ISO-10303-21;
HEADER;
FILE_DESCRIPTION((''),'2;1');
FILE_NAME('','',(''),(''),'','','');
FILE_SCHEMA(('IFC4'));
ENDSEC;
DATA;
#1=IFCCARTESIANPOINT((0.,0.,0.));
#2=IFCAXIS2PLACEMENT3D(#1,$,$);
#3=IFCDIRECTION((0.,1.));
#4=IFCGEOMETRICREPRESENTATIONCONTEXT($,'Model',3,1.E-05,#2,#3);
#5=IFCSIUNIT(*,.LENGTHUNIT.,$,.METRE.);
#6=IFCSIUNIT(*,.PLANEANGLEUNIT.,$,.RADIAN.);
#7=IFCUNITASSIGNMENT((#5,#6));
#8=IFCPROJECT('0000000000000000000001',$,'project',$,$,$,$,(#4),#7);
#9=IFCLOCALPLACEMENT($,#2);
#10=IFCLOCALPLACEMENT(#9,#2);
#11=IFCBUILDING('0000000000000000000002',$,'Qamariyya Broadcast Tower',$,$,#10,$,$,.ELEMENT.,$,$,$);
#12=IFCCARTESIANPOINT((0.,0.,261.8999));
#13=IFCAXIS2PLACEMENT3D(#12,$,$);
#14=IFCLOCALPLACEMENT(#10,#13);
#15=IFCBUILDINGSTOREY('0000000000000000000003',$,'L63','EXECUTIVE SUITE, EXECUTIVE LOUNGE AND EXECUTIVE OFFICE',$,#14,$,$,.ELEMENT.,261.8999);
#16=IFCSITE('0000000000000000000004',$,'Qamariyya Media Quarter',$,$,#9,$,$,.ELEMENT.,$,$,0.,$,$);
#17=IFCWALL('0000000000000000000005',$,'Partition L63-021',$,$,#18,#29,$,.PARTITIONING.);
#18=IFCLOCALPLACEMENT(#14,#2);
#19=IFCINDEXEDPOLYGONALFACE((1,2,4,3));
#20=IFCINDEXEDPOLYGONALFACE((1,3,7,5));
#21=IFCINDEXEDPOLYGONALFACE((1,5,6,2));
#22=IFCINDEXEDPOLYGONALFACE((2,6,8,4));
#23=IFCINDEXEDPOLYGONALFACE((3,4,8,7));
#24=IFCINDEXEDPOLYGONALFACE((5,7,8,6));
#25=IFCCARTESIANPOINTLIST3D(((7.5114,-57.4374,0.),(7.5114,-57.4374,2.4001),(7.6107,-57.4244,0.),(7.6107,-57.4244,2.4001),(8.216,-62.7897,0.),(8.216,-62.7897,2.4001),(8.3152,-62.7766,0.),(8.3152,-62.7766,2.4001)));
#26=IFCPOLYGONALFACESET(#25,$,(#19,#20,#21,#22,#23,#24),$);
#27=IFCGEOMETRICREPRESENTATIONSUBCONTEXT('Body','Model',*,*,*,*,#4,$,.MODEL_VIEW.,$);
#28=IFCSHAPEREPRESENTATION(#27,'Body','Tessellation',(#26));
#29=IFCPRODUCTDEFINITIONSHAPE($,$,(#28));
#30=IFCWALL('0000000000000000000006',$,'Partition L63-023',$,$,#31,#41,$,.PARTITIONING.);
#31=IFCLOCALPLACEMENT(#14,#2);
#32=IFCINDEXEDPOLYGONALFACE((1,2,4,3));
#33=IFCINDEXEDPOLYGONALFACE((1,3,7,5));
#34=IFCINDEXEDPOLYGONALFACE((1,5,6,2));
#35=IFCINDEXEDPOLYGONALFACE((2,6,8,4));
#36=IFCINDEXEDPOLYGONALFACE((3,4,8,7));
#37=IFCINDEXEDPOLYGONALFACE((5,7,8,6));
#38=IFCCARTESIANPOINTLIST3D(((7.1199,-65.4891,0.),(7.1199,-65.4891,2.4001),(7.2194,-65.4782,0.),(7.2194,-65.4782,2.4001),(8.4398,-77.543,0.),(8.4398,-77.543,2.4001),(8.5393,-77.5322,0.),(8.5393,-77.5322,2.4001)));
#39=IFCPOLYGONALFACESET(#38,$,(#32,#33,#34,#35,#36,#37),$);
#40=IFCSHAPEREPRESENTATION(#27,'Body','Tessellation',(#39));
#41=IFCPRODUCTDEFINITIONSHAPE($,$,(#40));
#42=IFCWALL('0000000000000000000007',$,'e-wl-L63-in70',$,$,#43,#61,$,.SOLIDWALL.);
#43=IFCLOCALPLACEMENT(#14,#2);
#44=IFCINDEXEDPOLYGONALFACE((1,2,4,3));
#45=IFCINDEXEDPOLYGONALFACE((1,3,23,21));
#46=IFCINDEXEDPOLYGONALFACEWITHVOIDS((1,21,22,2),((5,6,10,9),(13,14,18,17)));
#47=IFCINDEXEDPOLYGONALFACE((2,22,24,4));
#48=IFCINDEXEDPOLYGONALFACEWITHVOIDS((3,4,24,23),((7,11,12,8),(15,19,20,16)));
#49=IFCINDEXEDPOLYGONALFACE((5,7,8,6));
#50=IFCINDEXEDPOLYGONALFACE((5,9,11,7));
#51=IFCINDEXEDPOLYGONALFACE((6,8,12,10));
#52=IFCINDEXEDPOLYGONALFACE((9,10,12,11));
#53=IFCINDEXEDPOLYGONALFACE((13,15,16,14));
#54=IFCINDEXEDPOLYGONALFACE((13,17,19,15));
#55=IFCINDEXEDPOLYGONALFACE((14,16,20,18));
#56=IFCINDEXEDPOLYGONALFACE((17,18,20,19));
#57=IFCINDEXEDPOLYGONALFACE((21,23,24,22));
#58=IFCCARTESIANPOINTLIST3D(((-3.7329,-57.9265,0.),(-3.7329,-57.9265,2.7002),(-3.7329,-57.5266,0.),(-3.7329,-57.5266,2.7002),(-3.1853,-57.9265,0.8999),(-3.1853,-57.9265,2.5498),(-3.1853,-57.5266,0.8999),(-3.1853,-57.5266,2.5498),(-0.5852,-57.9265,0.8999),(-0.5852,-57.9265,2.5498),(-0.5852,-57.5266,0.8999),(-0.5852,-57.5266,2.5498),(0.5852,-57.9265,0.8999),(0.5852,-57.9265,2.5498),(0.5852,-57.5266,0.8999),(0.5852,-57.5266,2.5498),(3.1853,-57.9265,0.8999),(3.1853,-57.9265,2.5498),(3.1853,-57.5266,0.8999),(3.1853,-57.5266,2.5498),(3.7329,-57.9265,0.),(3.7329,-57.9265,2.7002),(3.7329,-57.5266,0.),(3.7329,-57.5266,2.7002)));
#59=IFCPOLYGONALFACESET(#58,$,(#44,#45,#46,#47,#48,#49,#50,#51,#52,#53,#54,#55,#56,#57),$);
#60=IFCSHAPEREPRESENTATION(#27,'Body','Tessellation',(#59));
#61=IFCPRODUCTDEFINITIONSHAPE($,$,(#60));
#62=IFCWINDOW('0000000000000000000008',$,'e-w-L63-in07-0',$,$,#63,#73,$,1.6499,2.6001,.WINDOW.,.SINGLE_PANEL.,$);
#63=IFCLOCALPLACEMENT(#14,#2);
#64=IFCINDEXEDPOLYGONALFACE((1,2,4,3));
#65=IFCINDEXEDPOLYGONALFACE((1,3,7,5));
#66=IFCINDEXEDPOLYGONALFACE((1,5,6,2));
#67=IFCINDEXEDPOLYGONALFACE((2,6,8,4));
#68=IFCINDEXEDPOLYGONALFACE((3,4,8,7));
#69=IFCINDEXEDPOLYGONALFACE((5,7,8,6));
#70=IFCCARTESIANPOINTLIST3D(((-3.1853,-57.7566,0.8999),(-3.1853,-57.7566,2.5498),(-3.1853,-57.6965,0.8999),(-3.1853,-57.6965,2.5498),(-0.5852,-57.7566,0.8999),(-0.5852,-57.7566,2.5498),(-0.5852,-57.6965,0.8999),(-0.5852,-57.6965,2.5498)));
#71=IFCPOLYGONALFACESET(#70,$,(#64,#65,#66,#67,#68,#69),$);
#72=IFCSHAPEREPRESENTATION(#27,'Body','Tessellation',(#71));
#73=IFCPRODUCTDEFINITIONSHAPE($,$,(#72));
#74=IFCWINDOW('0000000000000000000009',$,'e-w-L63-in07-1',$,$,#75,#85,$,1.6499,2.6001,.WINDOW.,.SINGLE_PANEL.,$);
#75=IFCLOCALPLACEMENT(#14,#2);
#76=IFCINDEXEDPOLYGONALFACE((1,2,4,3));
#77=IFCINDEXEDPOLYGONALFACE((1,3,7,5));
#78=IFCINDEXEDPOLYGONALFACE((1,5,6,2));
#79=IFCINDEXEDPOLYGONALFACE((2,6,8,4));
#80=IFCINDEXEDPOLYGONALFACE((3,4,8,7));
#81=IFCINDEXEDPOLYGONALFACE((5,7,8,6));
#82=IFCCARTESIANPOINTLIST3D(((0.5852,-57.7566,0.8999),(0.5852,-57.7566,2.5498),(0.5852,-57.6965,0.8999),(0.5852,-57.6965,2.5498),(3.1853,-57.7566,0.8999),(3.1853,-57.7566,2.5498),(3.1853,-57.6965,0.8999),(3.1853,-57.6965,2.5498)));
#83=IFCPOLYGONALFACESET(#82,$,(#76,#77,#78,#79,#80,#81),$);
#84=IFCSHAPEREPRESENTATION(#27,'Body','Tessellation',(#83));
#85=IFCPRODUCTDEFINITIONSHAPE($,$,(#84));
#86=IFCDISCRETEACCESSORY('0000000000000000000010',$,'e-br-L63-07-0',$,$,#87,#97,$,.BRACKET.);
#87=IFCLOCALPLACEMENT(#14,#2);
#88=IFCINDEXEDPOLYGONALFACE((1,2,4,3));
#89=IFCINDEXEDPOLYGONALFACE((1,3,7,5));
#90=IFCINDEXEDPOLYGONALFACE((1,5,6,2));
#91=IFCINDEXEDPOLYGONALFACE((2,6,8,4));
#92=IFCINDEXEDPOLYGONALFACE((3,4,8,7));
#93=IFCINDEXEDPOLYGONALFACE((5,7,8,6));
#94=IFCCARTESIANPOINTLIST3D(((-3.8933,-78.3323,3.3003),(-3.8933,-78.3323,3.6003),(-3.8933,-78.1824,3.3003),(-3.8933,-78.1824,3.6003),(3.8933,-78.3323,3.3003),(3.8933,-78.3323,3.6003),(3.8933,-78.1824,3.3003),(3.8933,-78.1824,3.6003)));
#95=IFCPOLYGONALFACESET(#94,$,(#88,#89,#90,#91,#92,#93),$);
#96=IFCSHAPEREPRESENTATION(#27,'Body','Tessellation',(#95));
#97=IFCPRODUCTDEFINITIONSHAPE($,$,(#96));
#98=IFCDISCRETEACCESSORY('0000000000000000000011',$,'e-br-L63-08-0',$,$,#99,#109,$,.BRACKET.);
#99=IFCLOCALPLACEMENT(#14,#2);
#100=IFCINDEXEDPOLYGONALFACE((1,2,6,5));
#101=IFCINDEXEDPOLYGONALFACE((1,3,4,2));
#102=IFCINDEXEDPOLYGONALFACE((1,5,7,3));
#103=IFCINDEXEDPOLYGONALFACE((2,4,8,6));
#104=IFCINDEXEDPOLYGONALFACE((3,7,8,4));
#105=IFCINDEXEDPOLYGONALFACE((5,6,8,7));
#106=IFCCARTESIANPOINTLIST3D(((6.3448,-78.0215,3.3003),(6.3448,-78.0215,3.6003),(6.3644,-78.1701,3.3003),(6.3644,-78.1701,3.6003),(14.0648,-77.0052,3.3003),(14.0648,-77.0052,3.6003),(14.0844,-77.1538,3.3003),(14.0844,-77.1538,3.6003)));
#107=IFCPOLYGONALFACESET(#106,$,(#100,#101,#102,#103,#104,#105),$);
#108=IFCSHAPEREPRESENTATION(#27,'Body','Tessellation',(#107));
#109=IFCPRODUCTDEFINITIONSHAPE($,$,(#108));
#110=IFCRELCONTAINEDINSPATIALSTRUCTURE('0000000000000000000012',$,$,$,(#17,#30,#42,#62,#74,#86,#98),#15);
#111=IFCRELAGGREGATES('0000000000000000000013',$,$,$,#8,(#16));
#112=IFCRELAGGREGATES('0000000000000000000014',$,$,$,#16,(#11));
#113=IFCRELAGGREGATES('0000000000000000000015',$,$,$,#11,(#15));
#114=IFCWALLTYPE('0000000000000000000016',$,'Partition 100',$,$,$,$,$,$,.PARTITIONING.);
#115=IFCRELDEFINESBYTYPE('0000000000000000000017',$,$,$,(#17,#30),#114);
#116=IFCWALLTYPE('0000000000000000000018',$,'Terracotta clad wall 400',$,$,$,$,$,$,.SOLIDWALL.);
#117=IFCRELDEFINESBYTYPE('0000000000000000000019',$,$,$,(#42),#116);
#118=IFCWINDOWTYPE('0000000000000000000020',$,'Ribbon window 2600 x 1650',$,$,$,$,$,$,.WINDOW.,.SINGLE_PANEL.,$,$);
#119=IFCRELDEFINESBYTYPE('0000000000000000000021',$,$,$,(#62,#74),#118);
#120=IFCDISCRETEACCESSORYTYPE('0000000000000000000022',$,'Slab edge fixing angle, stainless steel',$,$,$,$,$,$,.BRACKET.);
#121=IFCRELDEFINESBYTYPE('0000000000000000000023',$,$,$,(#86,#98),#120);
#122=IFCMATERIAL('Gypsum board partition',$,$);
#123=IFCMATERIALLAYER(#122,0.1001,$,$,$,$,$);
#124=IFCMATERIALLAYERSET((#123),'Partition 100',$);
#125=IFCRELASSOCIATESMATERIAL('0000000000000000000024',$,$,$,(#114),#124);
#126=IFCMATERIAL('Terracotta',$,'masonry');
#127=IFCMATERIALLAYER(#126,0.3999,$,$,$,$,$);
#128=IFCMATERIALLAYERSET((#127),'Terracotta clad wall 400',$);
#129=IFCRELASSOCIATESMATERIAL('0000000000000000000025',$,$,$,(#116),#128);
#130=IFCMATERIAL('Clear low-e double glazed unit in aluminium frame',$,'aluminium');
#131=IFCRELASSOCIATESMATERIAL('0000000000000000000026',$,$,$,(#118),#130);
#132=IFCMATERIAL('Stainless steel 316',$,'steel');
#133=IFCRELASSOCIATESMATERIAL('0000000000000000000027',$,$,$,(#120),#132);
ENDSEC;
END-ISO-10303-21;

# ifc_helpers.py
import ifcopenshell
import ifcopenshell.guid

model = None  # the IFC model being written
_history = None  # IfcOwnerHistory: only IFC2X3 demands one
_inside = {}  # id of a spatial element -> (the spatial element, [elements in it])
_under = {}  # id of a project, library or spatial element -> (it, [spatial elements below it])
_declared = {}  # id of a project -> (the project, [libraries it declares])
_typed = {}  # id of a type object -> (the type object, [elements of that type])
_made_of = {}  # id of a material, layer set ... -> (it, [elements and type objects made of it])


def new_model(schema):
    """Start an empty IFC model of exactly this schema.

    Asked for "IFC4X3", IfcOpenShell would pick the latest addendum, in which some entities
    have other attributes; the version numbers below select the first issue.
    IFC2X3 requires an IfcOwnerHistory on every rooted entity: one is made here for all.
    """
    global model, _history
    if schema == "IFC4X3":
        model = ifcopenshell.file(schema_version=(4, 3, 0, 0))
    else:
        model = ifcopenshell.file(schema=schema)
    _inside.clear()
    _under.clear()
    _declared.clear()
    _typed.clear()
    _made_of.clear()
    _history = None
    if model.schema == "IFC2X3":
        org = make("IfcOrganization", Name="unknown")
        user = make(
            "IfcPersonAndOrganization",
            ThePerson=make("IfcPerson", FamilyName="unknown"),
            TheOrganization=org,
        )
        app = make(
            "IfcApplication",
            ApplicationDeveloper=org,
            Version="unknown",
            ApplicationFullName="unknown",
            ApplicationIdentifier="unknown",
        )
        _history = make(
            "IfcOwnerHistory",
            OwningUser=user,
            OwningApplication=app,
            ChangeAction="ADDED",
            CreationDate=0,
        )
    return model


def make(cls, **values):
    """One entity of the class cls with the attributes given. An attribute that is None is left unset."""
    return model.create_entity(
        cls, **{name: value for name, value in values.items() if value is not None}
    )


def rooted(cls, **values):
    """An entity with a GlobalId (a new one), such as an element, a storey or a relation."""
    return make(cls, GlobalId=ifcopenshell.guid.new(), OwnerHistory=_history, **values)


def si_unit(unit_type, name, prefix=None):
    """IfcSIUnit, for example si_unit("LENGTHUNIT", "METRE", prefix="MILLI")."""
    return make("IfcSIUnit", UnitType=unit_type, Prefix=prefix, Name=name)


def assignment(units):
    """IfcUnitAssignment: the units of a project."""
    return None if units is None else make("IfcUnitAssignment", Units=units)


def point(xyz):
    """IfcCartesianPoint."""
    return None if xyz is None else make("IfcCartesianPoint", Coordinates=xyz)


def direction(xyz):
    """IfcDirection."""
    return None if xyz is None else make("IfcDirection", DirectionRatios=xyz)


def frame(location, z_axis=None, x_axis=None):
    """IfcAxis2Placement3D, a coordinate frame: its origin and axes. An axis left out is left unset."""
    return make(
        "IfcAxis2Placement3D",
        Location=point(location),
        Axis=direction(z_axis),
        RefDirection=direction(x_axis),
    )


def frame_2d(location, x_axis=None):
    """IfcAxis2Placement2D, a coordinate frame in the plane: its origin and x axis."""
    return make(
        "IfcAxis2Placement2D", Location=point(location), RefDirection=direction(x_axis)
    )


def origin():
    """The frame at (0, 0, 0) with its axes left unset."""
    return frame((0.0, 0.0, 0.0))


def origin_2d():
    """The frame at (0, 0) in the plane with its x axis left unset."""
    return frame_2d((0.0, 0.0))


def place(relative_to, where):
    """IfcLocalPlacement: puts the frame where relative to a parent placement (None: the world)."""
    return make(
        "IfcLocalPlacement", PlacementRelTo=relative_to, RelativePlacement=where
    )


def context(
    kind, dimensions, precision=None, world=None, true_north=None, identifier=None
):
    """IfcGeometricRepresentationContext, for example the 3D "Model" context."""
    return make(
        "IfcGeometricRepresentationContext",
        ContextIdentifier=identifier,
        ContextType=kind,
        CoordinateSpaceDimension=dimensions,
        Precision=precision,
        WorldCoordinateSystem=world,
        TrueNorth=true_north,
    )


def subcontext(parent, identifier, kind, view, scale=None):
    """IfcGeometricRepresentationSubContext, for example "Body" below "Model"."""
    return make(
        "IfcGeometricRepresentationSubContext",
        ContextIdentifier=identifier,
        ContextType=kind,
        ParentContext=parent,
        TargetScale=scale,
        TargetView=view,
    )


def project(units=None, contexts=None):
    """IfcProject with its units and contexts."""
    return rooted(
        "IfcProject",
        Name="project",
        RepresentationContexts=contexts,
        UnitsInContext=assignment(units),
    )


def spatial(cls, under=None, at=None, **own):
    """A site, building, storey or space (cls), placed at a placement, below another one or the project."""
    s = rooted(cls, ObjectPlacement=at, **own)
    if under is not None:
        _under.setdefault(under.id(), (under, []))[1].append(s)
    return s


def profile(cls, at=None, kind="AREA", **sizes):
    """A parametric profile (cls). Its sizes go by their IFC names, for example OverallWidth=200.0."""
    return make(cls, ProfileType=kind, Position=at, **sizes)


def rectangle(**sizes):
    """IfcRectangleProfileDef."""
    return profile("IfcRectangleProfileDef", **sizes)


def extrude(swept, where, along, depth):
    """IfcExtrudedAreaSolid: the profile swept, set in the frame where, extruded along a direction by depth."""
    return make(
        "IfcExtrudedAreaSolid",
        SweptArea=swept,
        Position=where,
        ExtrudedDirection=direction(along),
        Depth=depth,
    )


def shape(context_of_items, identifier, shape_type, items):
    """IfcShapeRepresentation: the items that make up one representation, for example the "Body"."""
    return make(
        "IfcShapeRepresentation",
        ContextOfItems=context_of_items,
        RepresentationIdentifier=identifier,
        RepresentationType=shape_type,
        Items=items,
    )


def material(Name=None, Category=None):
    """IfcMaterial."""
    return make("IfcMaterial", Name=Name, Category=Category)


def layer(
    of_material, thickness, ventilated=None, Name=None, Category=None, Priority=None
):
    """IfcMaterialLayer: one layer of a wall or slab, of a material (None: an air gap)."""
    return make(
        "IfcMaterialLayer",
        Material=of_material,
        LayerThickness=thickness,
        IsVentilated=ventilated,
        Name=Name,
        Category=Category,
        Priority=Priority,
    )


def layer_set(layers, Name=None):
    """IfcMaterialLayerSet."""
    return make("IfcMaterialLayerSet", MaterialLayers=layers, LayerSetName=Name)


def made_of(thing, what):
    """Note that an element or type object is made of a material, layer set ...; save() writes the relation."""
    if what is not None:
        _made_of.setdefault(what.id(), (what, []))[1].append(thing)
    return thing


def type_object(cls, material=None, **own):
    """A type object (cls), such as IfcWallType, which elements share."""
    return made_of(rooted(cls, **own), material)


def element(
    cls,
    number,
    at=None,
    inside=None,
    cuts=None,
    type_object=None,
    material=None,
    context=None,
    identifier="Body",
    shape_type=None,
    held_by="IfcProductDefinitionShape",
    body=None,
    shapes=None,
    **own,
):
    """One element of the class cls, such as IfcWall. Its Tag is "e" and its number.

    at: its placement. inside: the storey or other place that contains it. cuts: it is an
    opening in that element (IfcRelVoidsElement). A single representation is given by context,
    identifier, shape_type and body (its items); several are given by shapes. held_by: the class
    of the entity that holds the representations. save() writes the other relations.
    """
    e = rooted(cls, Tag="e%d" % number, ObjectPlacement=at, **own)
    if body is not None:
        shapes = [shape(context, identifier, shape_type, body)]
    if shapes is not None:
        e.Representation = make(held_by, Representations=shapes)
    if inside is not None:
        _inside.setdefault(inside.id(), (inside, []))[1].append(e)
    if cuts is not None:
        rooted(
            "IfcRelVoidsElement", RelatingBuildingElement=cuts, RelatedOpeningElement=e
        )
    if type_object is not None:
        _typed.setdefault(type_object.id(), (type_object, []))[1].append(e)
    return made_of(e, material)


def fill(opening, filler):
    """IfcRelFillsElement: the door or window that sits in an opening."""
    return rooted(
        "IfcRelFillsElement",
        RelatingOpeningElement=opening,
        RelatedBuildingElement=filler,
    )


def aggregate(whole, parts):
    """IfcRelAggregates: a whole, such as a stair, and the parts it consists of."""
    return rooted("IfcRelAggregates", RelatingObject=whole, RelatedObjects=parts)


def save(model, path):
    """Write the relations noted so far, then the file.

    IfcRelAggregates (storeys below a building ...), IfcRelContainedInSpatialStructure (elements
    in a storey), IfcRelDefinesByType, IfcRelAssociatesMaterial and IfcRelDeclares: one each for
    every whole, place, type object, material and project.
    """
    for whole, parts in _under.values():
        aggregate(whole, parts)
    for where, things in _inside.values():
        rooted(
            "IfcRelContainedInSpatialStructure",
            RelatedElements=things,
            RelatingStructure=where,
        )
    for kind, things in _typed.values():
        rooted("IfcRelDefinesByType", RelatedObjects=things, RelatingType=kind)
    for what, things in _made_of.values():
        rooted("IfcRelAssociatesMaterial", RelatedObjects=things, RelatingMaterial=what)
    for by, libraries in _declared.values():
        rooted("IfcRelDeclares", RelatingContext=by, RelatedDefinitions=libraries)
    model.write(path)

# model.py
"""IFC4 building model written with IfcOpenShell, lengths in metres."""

from ifc_helpers import new_model, si_unit, direction, frame, frame_2d, origin, origin_2d, place, context, subcontext, project, spatial, rectangle, extrude, material, layer, layer_set, type_object, element, fill, save


model = new_model("IFC4")

# Units and contexts
model_context = context("Model", 3, precision=1e-05, world=origin(), true_north=direction((0.0, 1.0)))
body_context = subcontext(model_context, "Body", "Model", "MODEL_VIEW")
ifc_project = project(units=[si_unit("LENGTHUNIT", "METRE"), si_unit("PLANEANGLEUNIT", "RADIAN")], contexts=[model_context])

# Site, building, storey
site_placement = place(None, origin())
site = spatial("IfcSite", under=ifc_project, at=site_placement, Name="Qamariyya Media Quarter", CompositionType="ELEMENT", RefElevation=0.0)
building_placement = place(site_placement, origin())
building = spatial("IfcBuilding", under=site, at=building_placement, Name="Qamariyya Broadcast Tower", CompositionType="ELEMENT")
storey_placement = place(building_placement, frame((0.0, 0.0, 261.8999)))
storey = spatial("IfcBuildingStorey", under=building, at=storey_placement, Name="L63", Description="EXECUTIVE SUITE, EXECUTIVE LOUNGE AND EXECUTIVE OFFICE", CompositionType="ELEMENT", Elevation=261.8999)

# Shared definitions
ifc_material_1 = material(Name="Gypsum board partition")

# Walls
ifc_layer_1 = layer(ifc_material_1, 0.1001)
ifc_layer_set_1 = layer_set([ifc_layer_1], Name="Partition 100")
wall_type_1 = type_object("IfcWallType", Name="Partition 100", PredefinedType="PARTITIONING", material=ifc_layer_set_1)
for number, where, z_axis, x_axis, name in (
    (1, (7.561, -57.4309, 0.0), (0.0, 0.0, 1.0), (0.130517, -0.991446, 0.0), "Partition L63-021"),
):
    element("IfcWall", number, at=place(storey_placement, frame(where, z_axis=z_axis, x_axis=x_axis)), inside=storey, type_object=wall_type_1, Name=name, PredefinedType="PARTITIONING", context=body_context, shape_type="SweptSolid", body=[
        extrude(rectangle(XDim=5.3984, YDim=0.1001, at=frame_2d((2.6992, 0.0))), origin(), (0.0, 0.0, 1.0), 2.4001),
    ])
wall_1_placement = place(storey_placement, frame((8.4895, -77.5376, 0.0), z_axis=(0.0, 0.0, 1.0), x_axis=(-0.108843, 0.994059, 0.0)))
element("IfcWall", 2, at=wall_1_placement, inside=storey, type_object=wall_type_1, Name="Partition L63-023", PredefinedType="PARTITIONING", context=body_context, shape_type="SweptSolid", body=[
    extrude(rectangle(XDim=12.126, YDim=0.1001, at=frame_2d((6.063, 0.0))), origin(), (0.0, 0.0, 1.0), 2.4001),
])

# Wall, openings, windows
ifc_material_2 = material(Name="Terracotta", Category="masonry")
ifc_layer_2 = layer(ifc_material_2, 0.3999)
ifc_layer_set_2 = layer_set([ifc_layer_2], Name="Terracotta clad wall 400")
wall_type_2 = type_object("IfcWallType", Name="Terracotta clad wall 400", PredefinedType="SOLIDWALL", material=ifc_layer_set_2)
wall_2_placement = place(storey_placement, frame((3.7329, -57.7266, 0.0), z_axis=(0.0, 0.0, 1.0), x_axis=(-1.0, 0.0, 0.0)))
wall_2 = element("IfcWall", 3, at=wall_2_placement, inside=storey, type_object=wall_type_2, Name="e-wl-L63-in70", PredefinedType="SOLIDWALL", context=body_context, shape_type="SweptSolid", body=[
    extrude(rectangle(XDim=7.4658, YDim=0.3999, at=frame_2d((3.7329, 0.0))), origin(), (0.0, 0.0, 1.0), 2.7002),
])
opening_1_placement = place(wall_2_placement, frame((4.3181, 0.0, 0.8999)))
opening_1 = element("IfcOpeningElement", 4, at=opening_1_placement, cuts=wall_2, PredefinedType="OPENING", context=body_context, shape_type="SweptSolid", body=[
    extrude(rectangle(XDim=2.6001, YDim=1.6499, at=frame_2d((1.3, 0.825))), frame((0.0, 0.21, 0.0), z_axis=(0.0, -1.0, 0.0), x_axis=(1.0, 0.0, 0.0)), (0.0, 0.0, 1.0), 0.4199),
])
opening_2_placement = place(wall_2_placement, frame((0.5476, 0.0, 0.8999)))
opening_2 = element("IfcOpeningElement", 5, at=opening_2_placement, cuts=wall_2, PredefinedType="OPENING", context=body_context, shape_type="SweptSolid", body=[
    extrude(rectangle(XDim=2.6001, YDim=1.6499, at=frame_2d((1.3, 0.825))), frame((0.0, 0.21, 0.0), z_axis=(0.0, -1.0, 0.0), x_axis=(1.0, 0.0, 0.0)), (0.0, 0.0, 1.0), 0.4199),
])
ifc_material_3 = material(Name="Clear low-e double glazed unit in aluminium frame", Category="aluminium")
window_type = type_object("IfcWindowType", Name="Ribbon window 2600 x 1650", PartitioningType="SINGLE_PANEL", PredefinedType="WINDOW", material=ifc_material_3)
window_1_placement = place(opening_1_placement, origin())
window_1 = element("IfcWindow", 6, at=window_1_placement, inside=storey, type_object=window_type, Name="e-w-L63-in07-0", OverallHeight=1.6499, OverallWidth=2.6001, PartitioningType="SINGLE_PANEL", PredefinedType="WINDOW", context=body_context, shape_type="SweptSolid", body=[
    extrude(rectangle(XDim=2.6001, YDim=1.6499, at=frame_2d((1.3, 0.825))), frame((0.0, 0.03, 0.0), z_axis=(0.0, -1.0, 0.0), x_axis=(1.0, 0.0, 0.0)), (0.0, 0.0, 1.0), 0.0601),
])
fill(opening_1, window_1)
window_2_placement = place(opening_2_placement, origin())
window_2 = element("IfcWindow", 7, at=window_2_placement, inside=storey, type_object=window_type, Name="e-w-L63-in07-1", OverallHeight=1.6499, OverallWidth=2.6001, PartitioningType="SINGLE_PANEL", PredefinedType="WINDOW", context=body_context, shape_type="SweptSolid", body=[
    extrude(rectangle(XDim=2.6001, YDim=1.6499, at=frame_2d((1.3, 0.825))), frame((0.0, 0.03, 0.0), z_axis=(0.0, -1.0, 0.0), x_axis=(1.0, 0.0, 0.0)), (0.0, 0.0, 1.0), 0.0601),
])
fill(opening_2, window_2)

# Discrete accessories
ifc_material_4 = material(Name="Stainless steel 316", Category="steel")
discrete_accessory_type = type_object("IfcDiscreteAccessoryType", Name="Slab edge fixing angle, stainless steel", PredefinedType="BRACKET", material=ifc_material_4)
for number, where, z_axis, x_axis, name in (
    (8, (0.0, -78.2573, 3.3003), (0.0, 0.0, 1.0), (1.0, 0.0, 0.0), "e-br-L63-07-0"),
    (9, (10.2146, -77.5876, 3.3003), (0.0, 0.0, 1.0), (0.991445, 0.130526, 0.0), "e-br-L63-08-0"),
):
    element("IfcDiscreteAccessory", number, at=place(storey_placement, frame(where, z_axis=z_axis, x_axis=x_axis)), inside=storey, type_object=discrete_accessory_type, Name=name, PredefinedType="BRACKET", context=body_context, shape_type="SweptSolid", body=[
        extrude(rectangle(XDim=7.7866, YDim=0.1499, at=origin_2d()), origin(), (0.0, 0.0, 1.0), 0.3),
    ])

save(model, "model.ifc")
